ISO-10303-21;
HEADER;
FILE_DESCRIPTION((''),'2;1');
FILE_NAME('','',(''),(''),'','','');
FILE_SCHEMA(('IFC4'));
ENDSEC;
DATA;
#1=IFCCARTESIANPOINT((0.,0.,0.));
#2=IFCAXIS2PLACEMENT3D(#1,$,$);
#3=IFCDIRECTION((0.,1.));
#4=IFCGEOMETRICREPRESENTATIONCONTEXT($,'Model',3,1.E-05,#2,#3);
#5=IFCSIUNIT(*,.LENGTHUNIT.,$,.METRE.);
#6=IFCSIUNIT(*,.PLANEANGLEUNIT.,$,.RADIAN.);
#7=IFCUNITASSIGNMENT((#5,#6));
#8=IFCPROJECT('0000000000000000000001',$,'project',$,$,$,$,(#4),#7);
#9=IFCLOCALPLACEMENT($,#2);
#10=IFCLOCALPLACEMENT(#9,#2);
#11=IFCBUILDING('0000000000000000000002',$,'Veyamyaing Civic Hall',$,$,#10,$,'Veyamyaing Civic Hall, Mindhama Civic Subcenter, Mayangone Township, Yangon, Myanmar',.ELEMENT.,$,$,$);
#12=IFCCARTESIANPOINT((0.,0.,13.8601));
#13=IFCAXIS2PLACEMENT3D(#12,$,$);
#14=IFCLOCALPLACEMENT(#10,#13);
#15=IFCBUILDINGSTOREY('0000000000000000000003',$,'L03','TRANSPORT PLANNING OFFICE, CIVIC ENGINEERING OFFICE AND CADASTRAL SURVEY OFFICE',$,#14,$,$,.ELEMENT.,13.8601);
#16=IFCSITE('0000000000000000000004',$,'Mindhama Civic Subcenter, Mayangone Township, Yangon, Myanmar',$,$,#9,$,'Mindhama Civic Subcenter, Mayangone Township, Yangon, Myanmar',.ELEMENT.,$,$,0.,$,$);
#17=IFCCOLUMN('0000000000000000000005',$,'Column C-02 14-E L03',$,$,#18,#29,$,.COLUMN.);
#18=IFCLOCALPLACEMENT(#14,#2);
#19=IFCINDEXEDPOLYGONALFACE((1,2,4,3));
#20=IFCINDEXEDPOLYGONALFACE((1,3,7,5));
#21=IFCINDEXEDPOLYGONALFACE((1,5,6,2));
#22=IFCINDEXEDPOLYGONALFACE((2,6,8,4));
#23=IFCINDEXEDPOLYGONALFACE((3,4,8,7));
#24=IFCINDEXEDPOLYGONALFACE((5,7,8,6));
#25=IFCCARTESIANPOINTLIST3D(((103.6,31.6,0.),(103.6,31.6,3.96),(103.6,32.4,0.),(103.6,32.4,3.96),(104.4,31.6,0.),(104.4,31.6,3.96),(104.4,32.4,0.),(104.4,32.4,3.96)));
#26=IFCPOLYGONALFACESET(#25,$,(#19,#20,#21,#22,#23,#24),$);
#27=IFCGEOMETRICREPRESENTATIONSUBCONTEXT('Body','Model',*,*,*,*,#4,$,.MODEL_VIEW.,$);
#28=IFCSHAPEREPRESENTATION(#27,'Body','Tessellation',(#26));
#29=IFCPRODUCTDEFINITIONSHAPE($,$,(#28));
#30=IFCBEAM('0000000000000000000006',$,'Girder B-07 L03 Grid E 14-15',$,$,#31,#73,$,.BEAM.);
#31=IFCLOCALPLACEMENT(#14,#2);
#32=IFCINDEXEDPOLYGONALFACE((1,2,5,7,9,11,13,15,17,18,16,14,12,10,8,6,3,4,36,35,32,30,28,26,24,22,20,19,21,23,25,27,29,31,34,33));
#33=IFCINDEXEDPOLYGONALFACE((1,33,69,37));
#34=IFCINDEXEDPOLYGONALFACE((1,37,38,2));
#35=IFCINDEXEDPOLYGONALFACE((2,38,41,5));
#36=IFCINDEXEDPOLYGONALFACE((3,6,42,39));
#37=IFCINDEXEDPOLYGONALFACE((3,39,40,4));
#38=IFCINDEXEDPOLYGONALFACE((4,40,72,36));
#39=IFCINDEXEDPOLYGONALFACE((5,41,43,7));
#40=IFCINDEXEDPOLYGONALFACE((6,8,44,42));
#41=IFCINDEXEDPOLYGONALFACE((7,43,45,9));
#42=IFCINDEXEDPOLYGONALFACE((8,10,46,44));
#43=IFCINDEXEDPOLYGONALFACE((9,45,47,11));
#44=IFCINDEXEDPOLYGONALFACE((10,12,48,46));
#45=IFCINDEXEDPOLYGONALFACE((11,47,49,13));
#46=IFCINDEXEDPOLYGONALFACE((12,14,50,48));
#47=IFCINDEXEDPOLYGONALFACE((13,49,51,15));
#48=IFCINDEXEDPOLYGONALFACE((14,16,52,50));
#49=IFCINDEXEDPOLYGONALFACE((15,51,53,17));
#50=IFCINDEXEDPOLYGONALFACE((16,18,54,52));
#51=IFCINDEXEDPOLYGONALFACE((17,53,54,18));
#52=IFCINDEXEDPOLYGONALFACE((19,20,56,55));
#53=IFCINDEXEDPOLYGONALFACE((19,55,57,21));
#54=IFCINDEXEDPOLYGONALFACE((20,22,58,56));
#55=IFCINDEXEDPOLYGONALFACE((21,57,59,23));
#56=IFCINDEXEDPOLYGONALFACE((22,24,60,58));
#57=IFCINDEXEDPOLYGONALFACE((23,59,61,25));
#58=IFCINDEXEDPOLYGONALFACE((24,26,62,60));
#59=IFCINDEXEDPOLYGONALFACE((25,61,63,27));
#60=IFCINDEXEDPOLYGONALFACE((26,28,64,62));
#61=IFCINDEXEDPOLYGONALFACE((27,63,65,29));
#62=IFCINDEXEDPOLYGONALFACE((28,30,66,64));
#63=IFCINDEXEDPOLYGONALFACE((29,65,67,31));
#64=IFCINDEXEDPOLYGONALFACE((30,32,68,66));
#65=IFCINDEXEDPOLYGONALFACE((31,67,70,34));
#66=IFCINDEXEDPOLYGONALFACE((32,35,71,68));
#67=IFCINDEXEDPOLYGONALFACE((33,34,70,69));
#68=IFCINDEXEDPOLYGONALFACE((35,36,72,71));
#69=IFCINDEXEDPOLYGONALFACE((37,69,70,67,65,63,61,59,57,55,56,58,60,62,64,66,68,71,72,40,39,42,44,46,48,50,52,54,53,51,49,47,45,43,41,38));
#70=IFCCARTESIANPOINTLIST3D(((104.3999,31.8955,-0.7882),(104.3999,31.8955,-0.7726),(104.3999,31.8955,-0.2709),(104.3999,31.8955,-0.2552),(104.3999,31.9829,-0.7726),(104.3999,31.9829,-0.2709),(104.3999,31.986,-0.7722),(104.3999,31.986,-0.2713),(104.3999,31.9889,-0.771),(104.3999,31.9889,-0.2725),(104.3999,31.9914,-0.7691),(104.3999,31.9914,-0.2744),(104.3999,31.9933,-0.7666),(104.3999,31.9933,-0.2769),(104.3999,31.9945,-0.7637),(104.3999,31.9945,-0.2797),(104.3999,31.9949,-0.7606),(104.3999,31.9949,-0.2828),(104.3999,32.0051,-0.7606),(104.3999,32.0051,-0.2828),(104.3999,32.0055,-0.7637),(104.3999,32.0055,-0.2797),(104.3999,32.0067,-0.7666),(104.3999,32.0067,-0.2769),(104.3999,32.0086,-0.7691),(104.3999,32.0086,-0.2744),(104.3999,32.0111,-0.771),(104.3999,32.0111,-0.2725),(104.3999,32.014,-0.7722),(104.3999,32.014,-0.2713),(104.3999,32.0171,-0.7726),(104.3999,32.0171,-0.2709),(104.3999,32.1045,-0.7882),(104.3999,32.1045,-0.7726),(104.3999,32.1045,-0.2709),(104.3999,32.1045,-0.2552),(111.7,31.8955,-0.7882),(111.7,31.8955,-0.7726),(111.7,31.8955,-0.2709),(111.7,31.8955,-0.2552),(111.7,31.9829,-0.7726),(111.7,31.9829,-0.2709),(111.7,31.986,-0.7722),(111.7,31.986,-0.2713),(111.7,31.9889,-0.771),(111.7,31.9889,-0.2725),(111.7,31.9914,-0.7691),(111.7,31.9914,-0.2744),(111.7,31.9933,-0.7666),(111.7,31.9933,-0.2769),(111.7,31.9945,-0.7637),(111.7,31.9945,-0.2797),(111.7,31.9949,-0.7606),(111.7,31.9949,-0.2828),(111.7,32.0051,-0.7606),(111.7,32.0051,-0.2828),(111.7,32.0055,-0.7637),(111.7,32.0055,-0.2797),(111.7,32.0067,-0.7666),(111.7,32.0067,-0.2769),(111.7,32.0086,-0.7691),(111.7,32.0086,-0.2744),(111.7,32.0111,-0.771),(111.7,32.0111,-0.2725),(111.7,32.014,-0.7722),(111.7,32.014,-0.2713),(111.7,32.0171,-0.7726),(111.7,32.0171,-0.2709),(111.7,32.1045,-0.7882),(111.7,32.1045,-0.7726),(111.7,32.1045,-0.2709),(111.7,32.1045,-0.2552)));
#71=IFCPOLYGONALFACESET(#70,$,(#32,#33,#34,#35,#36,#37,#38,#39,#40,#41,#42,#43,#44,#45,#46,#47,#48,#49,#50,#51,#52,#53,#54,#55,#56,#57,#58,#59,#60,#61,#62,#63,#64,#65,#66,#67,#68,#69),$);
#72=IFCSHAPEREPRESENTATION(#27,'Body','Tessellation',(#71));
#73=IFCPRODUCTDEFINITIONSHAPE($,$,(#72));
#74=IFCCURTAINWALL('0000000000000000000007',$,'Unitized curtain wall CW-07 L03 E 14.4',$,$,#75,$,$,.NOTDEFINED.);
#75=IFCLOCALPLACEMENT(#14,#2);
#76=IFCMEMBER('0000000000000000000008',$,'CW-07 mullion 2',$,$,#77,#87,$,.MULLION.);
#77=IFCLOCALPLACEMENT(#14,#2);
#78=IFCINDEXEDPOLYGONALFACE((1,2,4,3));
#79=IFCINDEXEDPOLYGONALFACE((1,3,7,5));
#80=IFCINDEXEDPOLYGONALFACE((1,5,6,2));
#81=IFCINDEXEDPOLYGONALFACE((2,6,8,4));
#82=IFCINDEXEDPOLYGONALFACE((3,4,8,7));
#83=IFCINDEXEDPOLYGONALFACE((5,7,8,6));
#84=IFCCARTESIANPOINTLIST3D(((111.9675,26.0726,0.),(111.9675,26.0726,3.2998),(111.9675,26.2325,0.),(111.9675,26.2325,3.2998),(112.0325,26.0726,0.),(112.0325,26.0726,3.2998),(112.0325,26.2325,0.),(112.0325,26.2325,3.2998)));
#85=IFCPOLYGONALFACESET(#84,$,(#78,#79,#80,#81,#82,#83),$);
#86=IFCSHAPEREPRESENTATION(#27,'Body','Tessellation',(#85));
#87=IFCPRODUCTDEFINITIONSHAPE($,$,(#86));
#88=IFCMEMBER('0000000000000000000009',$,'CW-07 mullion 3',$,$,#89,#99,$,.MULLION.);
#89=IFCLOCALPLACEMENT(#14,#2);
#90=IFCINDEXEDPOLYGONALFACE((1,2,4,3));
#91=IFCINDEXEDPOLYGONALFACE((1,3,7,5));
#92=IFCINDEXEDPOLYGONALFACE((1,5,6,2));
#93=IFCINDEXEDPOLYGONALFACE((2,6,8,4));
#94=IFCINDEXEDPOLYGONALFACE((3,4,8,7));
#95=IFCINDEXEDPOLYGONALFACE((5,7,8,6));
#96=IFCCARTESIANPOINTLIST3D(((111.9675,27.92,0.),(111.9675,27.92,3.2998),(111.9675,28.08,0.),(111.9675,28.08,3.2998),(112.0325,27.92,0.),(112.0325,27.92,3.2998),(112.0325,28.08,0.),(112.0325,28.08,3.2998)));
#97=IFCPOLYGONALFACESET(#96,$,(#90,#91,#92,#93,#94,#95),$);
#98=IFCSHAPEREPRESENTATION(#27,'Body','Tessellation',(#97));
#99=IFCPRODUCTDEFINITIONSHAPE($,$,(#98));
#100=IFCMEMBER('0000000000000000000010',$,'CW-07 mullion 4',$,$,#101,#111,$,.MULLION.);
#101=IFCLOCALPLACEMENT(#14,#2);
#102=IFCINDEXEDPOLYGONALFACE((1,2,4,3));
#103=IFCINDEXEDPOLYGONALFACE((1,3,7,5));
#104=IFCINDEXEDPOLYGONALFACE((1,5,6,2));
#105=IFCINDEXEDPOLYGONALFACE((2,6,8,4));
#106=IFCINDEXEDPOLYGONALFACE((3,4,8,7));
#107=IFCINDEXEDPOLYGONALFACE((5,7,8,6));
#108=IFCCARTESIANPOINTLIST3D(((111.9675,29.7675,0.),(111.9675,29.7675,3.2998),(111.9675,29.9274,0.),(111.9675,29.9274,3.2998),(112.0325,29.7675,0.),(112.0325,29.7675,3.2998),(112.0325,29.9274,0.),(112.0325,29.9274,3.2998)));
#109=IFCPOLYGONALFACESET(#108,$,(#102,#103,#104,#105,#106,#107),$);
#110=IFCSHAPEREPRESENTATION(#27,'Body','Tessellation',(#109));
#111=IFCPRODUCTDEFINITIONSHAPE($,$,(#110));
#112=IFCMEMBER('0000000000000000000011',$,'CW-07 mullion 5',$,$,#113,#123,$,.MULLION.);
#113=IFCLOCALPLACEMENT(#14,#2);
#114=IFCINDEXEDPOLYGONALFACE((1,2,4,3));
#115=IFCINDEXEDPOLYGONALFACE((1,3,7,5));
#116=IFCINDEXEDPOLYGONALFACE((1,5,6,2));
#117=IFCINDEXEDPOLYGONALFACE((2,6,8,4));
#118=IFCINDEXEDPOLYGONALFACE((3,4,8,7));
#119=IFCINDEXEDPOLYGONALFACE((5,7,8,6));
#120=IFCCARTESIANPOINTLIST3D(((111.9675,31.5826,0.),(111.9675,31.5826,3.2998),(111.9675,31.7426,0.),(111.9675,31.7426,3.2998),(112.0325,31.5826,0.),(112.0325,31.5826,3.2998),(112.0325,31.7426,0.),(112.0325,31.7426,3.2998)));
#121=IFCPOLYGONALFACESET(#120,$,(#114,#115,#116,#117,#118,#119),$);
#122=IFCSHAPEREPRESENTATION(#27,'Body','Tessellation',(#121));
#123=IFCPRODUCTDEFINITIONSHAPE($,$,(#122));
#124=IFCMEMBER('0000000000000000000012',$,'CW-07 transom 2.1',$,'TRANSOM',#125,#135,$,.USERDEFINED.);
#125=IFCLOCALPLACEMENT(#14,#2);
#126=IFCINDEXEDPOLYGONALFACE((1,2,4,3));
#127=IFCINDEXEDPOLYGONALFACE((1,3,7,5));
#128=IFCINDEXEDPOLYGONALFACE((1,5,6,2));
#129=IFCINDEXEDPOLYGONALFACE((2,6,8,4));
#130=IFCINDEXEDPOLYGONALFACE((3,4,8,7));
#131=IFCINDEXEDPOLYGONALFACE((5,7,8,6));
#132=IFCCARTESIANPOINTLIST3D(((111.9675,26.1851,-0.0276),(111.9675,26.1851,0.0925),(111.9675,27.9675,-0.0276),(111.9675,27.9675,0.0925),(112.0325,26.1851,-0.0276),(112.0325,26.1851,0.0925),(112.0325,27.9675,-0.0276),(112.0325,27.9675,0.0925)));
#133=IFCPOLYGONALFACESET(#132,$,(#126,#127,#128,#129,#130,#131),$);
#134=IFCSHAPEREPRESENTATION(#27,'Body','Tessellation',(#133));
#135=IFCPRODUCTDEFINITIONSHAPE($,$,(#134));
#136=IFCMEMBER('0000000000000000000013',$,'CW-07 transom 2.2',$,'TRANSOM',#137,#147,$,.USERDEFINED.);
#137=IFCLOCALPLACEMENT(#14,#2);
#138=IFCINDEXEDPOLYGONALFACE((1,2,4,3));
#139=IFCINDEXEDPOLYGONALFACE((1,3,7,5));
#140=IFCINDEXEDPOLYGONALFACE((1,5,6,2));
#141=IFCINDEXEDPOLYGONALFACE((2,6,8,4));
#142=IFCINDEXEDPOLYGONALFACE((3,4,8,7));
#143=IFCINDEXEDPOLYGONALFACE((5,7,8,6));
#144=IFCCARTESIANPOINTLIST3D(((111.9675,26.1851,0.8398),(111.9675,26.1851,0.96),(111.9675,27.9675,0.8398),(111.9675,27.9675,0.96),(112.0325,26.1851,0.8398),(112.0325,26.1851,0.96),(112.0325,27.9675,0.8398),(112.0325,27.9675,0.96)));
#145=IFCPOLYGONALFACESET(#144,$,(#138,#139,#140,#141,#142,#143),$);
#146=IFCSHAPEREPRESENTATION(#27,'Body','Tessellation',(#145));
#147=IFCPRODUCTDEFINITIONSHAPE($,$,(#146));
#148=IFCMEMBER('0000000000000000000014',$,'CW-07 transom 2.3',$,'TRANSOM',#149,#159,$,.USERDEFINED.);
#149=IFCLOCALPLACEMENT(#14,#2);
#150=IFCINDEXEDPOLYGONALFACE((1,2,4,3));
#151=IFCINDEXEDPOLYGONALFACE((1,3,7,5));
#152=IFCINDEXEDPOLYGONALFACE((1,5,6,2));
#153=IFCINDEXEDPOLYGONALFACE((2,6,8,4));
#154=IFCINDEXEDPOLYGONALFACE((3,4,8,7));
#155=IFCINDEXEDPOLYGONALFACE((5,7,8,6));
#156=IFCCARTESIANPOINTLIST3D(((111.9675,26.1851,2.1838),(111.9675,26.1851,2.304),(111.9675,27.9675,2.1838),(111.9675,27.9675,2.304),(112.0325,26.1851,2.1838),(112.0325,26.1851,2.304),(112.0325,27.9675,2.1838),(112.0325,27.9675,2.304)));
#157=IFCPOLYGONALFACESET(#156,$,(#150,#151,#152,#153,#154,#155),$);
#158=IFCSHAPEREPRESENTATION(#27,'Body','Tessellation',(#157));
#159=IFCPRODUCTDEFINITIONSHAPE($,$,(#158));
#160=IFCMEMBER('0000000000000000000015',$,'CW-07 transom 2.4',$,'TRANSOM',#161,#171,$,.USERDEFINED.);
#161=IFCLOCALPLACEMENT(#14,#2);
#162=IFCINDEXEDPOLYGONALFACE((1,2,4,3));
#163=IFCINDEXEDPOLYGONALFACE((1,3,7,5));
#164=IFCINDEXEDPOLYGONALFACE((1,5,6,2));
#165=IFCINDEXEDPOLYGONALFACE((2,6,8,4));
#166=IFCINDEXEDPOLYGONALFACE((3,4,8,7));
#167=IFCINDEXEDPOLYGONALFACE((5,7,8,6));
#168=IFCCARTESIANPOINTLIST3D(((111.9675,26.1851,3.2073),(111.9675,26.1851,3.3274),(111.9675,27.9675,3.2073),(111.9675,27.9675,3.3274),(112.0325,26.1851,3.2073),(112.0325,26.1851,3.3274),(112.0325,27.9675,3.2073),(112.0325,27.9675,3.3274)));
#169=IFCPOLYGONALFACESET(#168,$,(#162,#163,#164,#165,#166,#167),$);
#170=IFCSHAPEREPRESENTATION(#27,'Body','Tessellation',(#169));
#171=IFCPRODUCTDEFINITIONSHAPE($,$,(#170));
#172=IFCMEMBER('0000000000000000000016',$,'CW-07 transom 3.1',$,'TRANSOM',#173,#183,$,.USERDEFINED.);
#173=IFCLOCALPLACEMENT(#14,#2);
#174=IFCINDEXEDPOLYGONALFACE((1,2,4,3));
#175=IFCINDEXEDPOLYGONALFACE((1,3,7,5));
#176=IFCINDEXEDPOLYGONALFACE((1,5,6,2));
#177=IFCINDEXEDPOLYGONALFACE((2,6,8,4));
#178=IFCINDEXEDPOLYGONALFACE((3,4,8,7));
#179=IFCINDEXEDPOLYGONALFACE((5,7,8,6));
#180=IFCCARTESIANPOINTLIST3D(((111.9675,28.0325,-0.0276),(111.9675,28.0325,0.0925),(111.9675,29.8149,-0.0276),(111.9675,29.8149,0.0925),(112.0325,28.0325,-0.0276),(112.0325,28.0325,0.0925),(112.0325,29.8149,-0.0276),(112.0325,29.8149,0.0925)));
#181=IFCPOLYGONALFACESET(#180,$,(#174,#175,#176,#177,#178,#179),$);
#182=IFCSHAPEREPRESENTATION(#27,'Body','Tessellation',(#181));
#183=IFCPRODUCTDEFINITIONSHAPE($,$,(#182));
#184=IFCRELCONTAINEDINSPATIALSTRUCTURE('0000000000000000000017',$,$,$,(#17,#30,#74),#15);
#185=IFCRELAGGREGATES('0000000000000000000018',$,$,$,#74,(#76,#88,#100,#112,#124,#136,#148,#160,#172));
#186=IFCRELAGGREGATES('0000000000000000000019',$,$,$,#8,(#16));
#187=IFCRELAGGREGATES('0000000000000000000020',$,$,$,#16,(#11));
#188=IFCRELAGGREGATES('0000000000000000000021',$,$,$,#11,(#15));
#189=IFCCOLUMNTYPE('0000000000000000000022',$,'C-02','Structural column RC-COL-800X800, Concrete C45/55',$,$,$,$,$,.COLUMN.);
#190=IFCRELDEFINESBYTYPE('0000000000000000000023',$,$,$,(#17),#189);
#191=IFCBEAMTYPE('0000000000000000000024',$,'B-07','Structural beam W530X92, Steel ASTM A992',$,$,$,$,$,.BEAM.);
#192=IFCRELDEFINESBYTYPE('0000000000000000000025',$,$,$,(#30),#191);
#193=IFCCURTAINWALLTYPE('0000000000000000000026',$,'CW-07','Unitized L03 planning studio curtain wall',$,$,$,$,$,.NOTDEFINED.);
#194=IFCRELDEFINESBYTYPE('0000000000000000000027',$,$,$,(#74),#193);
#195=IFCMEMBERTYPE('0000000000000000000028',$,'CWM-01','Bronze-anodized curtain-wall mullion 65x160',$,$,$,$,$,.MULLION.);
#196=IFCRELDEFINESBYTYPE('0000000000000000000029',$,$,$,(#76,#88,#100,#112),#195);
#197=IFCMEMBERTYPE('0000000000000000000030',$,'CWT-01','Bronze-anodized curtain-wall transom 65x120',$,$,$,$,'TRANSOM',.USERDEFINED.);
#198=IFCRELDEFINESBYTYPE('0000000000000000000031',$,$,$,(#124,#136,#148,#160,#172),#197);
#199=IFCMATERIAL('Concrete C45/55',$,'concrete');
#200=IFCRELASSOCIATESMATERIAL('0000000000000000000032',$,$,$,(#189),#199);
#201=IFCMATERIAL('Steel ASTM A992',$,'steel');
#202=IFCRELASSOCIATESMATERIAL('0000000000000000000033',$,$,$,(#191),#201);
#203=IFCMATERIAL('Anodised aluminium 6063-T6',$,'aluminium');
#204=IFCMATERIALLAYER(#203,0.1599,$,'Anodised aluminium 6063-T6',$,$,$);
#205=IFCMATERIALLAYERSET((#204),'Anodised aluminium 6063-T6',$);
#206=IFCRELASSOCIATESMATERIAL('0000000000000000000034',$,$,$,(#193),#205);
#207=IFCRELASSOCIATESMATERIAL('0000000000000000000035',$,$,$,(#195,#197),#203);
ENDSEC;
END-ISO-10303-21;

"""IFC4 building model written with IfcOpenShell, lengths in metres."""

from ifc_helpers import new_model, si_unit, direction, frame, origin, origin_2d, place, context, subcontext, project, spatial, rectangle, i_section, extrude, material, layer, layer_set, material_profile, profile_set, type_object, element, aggregate, save


model = new_model("IFC4")

# Units and contexts
model_context = context("Model", 3, precision=1e-05, world=origin(), true_north=direction((0.0, 1.0)))
body_context = subcontext(model_context, "Body", "Model", "MODEL_VIEW")
ifc_project = project(units=[si_unit("LENGTHUNIT", "METRE"), si_unit("PLANEANGLEUNIT", "RADIAN")], contexts=[model_context])

# Site, building, storey
site_placement = place(None, origin())
site = spatial("IfcSite", under=ifc_project, at=site_placement, Name="Mindhama Civic Subcenter, Mayangone Township, Yangon, Myanmar", LongName="Mindhama Civic Subcenter, Mayangone Township, Yangon, Myanmar", CompositionType="ELEMENT", RefElevation=0.0)
building_placement = place(site_placement, origin())
building = spatial("IfcBuilding", under=site, at=building_placement, Name="Veyamyaing Civic Hall", LongName="Veyamyaing Civic Hall, Mindhama Civic Subcenter, Mayangone Township, Yangon, Myanmar", CompositionType="ELEMENT")
storey_placement = place(building_placement, frame((0.0, 0.0, 13.8601)))
storey = spatial("IfcBuildingStorey", under=building, at=storey_placement, Name="L03", Description="TRANSPORT PLANNING OFFICE, CIVIC ENGINEERING OFFICE AND CADASTRAL SURVEY OFFICE", CompositionType="ELEMENT", Elevation=13.8601)

# Column
ifc_material_1 = material(Name="Concrete C45/55", Category="concrete")
ifc_material_profile_1 = material_profile(ifc_material_1, rectangle(XDim=0.8, YDim=0.8, at=origin_2d()), Name="RC-COL-800X800")
ifc_profile_set_1 = profile_set([ifc_material_profile_1], Name="Concrete C45/55")
column_type = type_object("IfcColumnType", Name="C-02", Description="Structural column RC-COL-800X800, Concrete C45/55", PredefinedType="COLUMN", material=ifc_profile_set_1)
column_placement = place(storey_placement, frame((104.0, 32.0, 0.0), z_axis=(0.0, 0.0, 1.0), x_axis=(1.0, 0.0, 0.0)))
element("IfcColumn", 1, at=column_placement, inside=storey, type_object=column_type, Name="Column C-02 14-E L03", PredefinedType="COLUMN", context=body_context, shape_type="SweptSolid", body=[
    extrude(rectangle(XDim=0.8, YDim=0.8, at=origin_2d()), origin(), (0.0, 0.0, 1.0), 3.96),
])

# Beam
ifc_material_2 = material(Name="Steel ASTM A992", Category="steel")
ifc_material_profile_2 = material_profile(ifc_material_2, i_section(OverallWidth=0.209, OverallDepth=0.533, WebThickness=0.0103, FlangeThickness=0.0156, FilletRadius=0.012, at=origin_2d()), Name="W530X92")
ifc_profile_set_2 = profile_set([ifc_material_profile_2], Name="Steel ASTM A992")
beam_type_1 = type_object("IfcBeamType", Name="B-07", Description="Structural beam W530X92, Steel ASTM A992", PredefinedType="BEAM", material=ifc_profile_set_2)
beam_placement = place(storey_placement, frame((104.3999, 32.0, -0.5217), z_axis=(1.0, 0.0, 0.0), x_axis=(0.0, 1.0, 0.0)))
element("IfcBeam", 2, at=beam_placement, inside=storey, type_object=beam_type_1, Name="Girder B-07 L03 Grid E 14-15", PredefinedType="BEAM", context=body_context, shape_type="SweptSolid", body=[
    extrude(i_section(OverallWidth=0.209, OverallDepth=0.533, WebThickness=0.0103, FlangeThickness=0.0156, FilletRadius=0.012, at=origin_2d()), origin(), (0.0, 0.0, 1.0), 7.3),
])

# Curtain wall, members
ifc_material_3 = material(Name="Anodised aluminium 6063-T6", Category="aluminium")
ifc_layer_1 = layer(ifc_material_3, 0.1599, Name="Anodised aluminium 6063-T6")
ifc_layer_set_1 = layer_set([ifc_layer_1], Name="Anodised aluminium 6063-T6")
curtain_wall_type = type_object("IfcCurtainWallType", Name="CW-07", Description="Unitized L03 planning studio curtain wall", PredefinedType="NOTDEFINED", material=ifc_layer_set_1)
curtain_wall_placement = place(storey_placement, origin())
curtain_wall = element("IfcCurtainWall", 3, at=curtain_wall_placement, inside=storey, type_object=curtain_wall_type, Name="Unitized curtain wall CW-07 L03 E 14.4", PredefinedType="NOTDEFINED")
ifc_material_profile_3 = material_profile(ifc_material_3, rectangle(XDim=0.0649, YDim=0.1599, at=origin_2d()), Name="ALU-MUL-65X160")
ifc_profile_set_3 = profile_set([ifc_material_profile_3], Name="Anodised aluminium 6063-T6")
member_type_1 = type_object("IfcMemberType", Name="CWM-01", Description="Bronze-anodized curtain-wall mullion 65x160", PredefinedType="MULLION", material=ifc_profile_set_3)
member_1_placement = place(storey_placement, frame((112.0, 26.1526, 0.0), z_axis=(0.0, 0.0, 1.0), x_axis=(-1.0, 0.0, 0.0)))
member_1 = element("IfcMember", 4, at=member_1_placement, type_object=member_type_1, Name="CW-07 mullion 2", PredefinedType="MULLION", context=body_context, shape_type="SweptSolid", body=[
    extrude(rectangle(XDim=0.0649, YDim=0.1599, at=origin_2d()), origin(), (0.0, 0.0, 1.0), 3.2998),
])
member_2_placement = place(storey_placement, frame((112.0, 28.0, 0.0), z_axis=(0.0, 0.0, 1.0), x_axis=(-1.0, 0.0, 0.0)))
member_2 = element("IfcMember", 5, at=member_2_placement, type_object=member_type_1, Name="CW-07 mullion 3", PredefinedType="MULLION", context=body_context, shape_type="SweptSolid", body=[
    extrude(rectangle(XDim=0.0649, YDim=0.1599, at=origin_2d()), origin(), (0.0, 0.0, 1.0), 3.2998),
])
member_3_placement = place(storey_placement, frame((112.0, 29.8474, 0.0), z_axis=(0.0, 0.0, 1.0), x_axis=(-1.0, 0.0, 0.0)))
member_3 = element("IfcMember", 6, at=member_3_placement, type_object=member_type_1, Name="CW-07 mullion 4", PredefinedType="MULLION", context=body_context, shape_type="SweptSolid", body=[
    extrude(rectangle(XDim=0.0649, YDim=0.1599, at=origin_2d()), origin(), (0.0, 0.0, 1.0), 3.2998),
])
member_4_placement = place(storey_placement, frame((112.0, 31.6626, 0.0), z_axis=(0.0, 0.0, 1.0), x_axis=(-1.0, 0.0, 0.0)))
member_4 = element("IfcMember", 7, at=member_4_placement, type_object=member_type_1, Name="CW-07 mullion 5", PredefinedType="MULLION", context=body_context, shape_type="SweptSolid", body=[
    extrude(rectangle(XDim=0.0649, YDim=0.1599, at=origin_2d()), origin(), (0.0, 0.0, 1.0), 3.2998),
])
ifc_material_profile_4 = material_profile(ifc_material_3, rectangle(XDim=0.0649, YDim=0.1201, at=origin_2d()), Name="ALU-TRN-65X120")
ifc_profile_set_4 = profile_set([ifc_material_profile_4], Name="Anodised aluminium 6063-T6")
member_type_2 = type_object("IfcMemberType", Name="CWT-01", Description="Bronze-anodized curtain-wall transom 65x120", ElementType="TRANSOM", PredefinedType="USERDEFINED", material=ifc_profile_set_4)
member_5_placement = place(storey_placement, frame((112.0, 26.1851, 0.0325), z_axis=(0.0, 1.0, 0.0), x_axis=(-1.0, 0.0, 0.0)))
member_5 = element("IfcMember", 8, at=member_5_placement, type_object=member_type_2, Name="CW-07 transom 2.1", ObjectType="TRANSOM", PredefinedType="USERDEFINED", context=body_context, shape_type="SweptSolid", body=[
    extrude(rectangle(XDim=0.0649, YDim=0.1201, at=origin_2d()), origin(), (0.0, 0.0, 1.0), 1.7825),
])
member_6_placement = place(storey_placement, frame((112.0, 26.1851, 0.8999), z_axis=(0.0, 1.0, 0.0), x_axis=(-1.0, 0.0, 0.0)))
member_6 = element("IfcMember", 9, at=member_6_placement, type_object=member_type_2, Name="CW-07 transom 2.2", ObjectType="TRANSOM", PredefinedType="USERDEFINED", context=body_context, shape_type="SweptSolid", body=[
    extrude(rectangle(XDim=0.0649, YDim=0.1201, at=origin_2d()), origin(), (0.0, 0.0, 1.0), 1.7825),
])
member_7_placement = place(storey_placement, frame((112.0, 26.1851, 2.2439), z_axis=(0.0, 1.0, 0.0), x_axis=(-1.0, 0.0, 0.0)))
member_7 = element("IfcMember", 10, at=member_7_placement, type_object=member_type_2, Name="CW-07 transom 2.3", ObjectType="TRANSOM", PredefinedType="USERDEFINED", context=body_context, shape_type="SweptSolid", body=[
    extrude(rectangle(XDim=0.0649, YDim=0.1201, at=origin_2d()), origin(), (0.0, 0.0, 1.0), 1.7825),
])
member_8_placement = place(storey_placement, frame((112.0, 26.1851, 3.2673), z_axis=(0.0, 1.0, 0.0), x_axis=(-1.0, 0.0, 0.0)))
member_8 = element("IfcMember", 11, at=member_8_placement, type_object=member_type_2, Name="CW-07 transom 2.4", ObjectType="TRANSOM", PredefinedType="USERDEFINED", context=body_context, shape_type="SweptSolid", body=[
    extrude(rectangle(XDim=0.0649, YDim=0.1201, at=origin_2d()), origin(), (0.0, 0.0, 1.0), 1.7825),
])
member_9_placement = place(storey_placement, frame((112.0, 28.0325, 0.0325), z_axis=(0.0, 1.0, 0.0), x_axis=(-1.0, 0.0, 0.0)))
member_9 = element("IfcMember", 12, at=member_9_placement, type_object=member_type_2, Name="CW-07 transom 3.1", ObjectType="TRANSOM", PredefinedType="USERDEFINED", context=body_context, shape_type="SweptSolid", body=[
    extrude(rectangle(XDim=0.0649, YDim=0.1201, at=origin_2d()), origin(), (0.0, 0.0, 1.0), 1.7825),
])

aggregate(curtain_wall, [member_1, member_2, member_3, member_4, member_5, member_6, member_7, member_8, member_9])

save(model, "model.ifc")
